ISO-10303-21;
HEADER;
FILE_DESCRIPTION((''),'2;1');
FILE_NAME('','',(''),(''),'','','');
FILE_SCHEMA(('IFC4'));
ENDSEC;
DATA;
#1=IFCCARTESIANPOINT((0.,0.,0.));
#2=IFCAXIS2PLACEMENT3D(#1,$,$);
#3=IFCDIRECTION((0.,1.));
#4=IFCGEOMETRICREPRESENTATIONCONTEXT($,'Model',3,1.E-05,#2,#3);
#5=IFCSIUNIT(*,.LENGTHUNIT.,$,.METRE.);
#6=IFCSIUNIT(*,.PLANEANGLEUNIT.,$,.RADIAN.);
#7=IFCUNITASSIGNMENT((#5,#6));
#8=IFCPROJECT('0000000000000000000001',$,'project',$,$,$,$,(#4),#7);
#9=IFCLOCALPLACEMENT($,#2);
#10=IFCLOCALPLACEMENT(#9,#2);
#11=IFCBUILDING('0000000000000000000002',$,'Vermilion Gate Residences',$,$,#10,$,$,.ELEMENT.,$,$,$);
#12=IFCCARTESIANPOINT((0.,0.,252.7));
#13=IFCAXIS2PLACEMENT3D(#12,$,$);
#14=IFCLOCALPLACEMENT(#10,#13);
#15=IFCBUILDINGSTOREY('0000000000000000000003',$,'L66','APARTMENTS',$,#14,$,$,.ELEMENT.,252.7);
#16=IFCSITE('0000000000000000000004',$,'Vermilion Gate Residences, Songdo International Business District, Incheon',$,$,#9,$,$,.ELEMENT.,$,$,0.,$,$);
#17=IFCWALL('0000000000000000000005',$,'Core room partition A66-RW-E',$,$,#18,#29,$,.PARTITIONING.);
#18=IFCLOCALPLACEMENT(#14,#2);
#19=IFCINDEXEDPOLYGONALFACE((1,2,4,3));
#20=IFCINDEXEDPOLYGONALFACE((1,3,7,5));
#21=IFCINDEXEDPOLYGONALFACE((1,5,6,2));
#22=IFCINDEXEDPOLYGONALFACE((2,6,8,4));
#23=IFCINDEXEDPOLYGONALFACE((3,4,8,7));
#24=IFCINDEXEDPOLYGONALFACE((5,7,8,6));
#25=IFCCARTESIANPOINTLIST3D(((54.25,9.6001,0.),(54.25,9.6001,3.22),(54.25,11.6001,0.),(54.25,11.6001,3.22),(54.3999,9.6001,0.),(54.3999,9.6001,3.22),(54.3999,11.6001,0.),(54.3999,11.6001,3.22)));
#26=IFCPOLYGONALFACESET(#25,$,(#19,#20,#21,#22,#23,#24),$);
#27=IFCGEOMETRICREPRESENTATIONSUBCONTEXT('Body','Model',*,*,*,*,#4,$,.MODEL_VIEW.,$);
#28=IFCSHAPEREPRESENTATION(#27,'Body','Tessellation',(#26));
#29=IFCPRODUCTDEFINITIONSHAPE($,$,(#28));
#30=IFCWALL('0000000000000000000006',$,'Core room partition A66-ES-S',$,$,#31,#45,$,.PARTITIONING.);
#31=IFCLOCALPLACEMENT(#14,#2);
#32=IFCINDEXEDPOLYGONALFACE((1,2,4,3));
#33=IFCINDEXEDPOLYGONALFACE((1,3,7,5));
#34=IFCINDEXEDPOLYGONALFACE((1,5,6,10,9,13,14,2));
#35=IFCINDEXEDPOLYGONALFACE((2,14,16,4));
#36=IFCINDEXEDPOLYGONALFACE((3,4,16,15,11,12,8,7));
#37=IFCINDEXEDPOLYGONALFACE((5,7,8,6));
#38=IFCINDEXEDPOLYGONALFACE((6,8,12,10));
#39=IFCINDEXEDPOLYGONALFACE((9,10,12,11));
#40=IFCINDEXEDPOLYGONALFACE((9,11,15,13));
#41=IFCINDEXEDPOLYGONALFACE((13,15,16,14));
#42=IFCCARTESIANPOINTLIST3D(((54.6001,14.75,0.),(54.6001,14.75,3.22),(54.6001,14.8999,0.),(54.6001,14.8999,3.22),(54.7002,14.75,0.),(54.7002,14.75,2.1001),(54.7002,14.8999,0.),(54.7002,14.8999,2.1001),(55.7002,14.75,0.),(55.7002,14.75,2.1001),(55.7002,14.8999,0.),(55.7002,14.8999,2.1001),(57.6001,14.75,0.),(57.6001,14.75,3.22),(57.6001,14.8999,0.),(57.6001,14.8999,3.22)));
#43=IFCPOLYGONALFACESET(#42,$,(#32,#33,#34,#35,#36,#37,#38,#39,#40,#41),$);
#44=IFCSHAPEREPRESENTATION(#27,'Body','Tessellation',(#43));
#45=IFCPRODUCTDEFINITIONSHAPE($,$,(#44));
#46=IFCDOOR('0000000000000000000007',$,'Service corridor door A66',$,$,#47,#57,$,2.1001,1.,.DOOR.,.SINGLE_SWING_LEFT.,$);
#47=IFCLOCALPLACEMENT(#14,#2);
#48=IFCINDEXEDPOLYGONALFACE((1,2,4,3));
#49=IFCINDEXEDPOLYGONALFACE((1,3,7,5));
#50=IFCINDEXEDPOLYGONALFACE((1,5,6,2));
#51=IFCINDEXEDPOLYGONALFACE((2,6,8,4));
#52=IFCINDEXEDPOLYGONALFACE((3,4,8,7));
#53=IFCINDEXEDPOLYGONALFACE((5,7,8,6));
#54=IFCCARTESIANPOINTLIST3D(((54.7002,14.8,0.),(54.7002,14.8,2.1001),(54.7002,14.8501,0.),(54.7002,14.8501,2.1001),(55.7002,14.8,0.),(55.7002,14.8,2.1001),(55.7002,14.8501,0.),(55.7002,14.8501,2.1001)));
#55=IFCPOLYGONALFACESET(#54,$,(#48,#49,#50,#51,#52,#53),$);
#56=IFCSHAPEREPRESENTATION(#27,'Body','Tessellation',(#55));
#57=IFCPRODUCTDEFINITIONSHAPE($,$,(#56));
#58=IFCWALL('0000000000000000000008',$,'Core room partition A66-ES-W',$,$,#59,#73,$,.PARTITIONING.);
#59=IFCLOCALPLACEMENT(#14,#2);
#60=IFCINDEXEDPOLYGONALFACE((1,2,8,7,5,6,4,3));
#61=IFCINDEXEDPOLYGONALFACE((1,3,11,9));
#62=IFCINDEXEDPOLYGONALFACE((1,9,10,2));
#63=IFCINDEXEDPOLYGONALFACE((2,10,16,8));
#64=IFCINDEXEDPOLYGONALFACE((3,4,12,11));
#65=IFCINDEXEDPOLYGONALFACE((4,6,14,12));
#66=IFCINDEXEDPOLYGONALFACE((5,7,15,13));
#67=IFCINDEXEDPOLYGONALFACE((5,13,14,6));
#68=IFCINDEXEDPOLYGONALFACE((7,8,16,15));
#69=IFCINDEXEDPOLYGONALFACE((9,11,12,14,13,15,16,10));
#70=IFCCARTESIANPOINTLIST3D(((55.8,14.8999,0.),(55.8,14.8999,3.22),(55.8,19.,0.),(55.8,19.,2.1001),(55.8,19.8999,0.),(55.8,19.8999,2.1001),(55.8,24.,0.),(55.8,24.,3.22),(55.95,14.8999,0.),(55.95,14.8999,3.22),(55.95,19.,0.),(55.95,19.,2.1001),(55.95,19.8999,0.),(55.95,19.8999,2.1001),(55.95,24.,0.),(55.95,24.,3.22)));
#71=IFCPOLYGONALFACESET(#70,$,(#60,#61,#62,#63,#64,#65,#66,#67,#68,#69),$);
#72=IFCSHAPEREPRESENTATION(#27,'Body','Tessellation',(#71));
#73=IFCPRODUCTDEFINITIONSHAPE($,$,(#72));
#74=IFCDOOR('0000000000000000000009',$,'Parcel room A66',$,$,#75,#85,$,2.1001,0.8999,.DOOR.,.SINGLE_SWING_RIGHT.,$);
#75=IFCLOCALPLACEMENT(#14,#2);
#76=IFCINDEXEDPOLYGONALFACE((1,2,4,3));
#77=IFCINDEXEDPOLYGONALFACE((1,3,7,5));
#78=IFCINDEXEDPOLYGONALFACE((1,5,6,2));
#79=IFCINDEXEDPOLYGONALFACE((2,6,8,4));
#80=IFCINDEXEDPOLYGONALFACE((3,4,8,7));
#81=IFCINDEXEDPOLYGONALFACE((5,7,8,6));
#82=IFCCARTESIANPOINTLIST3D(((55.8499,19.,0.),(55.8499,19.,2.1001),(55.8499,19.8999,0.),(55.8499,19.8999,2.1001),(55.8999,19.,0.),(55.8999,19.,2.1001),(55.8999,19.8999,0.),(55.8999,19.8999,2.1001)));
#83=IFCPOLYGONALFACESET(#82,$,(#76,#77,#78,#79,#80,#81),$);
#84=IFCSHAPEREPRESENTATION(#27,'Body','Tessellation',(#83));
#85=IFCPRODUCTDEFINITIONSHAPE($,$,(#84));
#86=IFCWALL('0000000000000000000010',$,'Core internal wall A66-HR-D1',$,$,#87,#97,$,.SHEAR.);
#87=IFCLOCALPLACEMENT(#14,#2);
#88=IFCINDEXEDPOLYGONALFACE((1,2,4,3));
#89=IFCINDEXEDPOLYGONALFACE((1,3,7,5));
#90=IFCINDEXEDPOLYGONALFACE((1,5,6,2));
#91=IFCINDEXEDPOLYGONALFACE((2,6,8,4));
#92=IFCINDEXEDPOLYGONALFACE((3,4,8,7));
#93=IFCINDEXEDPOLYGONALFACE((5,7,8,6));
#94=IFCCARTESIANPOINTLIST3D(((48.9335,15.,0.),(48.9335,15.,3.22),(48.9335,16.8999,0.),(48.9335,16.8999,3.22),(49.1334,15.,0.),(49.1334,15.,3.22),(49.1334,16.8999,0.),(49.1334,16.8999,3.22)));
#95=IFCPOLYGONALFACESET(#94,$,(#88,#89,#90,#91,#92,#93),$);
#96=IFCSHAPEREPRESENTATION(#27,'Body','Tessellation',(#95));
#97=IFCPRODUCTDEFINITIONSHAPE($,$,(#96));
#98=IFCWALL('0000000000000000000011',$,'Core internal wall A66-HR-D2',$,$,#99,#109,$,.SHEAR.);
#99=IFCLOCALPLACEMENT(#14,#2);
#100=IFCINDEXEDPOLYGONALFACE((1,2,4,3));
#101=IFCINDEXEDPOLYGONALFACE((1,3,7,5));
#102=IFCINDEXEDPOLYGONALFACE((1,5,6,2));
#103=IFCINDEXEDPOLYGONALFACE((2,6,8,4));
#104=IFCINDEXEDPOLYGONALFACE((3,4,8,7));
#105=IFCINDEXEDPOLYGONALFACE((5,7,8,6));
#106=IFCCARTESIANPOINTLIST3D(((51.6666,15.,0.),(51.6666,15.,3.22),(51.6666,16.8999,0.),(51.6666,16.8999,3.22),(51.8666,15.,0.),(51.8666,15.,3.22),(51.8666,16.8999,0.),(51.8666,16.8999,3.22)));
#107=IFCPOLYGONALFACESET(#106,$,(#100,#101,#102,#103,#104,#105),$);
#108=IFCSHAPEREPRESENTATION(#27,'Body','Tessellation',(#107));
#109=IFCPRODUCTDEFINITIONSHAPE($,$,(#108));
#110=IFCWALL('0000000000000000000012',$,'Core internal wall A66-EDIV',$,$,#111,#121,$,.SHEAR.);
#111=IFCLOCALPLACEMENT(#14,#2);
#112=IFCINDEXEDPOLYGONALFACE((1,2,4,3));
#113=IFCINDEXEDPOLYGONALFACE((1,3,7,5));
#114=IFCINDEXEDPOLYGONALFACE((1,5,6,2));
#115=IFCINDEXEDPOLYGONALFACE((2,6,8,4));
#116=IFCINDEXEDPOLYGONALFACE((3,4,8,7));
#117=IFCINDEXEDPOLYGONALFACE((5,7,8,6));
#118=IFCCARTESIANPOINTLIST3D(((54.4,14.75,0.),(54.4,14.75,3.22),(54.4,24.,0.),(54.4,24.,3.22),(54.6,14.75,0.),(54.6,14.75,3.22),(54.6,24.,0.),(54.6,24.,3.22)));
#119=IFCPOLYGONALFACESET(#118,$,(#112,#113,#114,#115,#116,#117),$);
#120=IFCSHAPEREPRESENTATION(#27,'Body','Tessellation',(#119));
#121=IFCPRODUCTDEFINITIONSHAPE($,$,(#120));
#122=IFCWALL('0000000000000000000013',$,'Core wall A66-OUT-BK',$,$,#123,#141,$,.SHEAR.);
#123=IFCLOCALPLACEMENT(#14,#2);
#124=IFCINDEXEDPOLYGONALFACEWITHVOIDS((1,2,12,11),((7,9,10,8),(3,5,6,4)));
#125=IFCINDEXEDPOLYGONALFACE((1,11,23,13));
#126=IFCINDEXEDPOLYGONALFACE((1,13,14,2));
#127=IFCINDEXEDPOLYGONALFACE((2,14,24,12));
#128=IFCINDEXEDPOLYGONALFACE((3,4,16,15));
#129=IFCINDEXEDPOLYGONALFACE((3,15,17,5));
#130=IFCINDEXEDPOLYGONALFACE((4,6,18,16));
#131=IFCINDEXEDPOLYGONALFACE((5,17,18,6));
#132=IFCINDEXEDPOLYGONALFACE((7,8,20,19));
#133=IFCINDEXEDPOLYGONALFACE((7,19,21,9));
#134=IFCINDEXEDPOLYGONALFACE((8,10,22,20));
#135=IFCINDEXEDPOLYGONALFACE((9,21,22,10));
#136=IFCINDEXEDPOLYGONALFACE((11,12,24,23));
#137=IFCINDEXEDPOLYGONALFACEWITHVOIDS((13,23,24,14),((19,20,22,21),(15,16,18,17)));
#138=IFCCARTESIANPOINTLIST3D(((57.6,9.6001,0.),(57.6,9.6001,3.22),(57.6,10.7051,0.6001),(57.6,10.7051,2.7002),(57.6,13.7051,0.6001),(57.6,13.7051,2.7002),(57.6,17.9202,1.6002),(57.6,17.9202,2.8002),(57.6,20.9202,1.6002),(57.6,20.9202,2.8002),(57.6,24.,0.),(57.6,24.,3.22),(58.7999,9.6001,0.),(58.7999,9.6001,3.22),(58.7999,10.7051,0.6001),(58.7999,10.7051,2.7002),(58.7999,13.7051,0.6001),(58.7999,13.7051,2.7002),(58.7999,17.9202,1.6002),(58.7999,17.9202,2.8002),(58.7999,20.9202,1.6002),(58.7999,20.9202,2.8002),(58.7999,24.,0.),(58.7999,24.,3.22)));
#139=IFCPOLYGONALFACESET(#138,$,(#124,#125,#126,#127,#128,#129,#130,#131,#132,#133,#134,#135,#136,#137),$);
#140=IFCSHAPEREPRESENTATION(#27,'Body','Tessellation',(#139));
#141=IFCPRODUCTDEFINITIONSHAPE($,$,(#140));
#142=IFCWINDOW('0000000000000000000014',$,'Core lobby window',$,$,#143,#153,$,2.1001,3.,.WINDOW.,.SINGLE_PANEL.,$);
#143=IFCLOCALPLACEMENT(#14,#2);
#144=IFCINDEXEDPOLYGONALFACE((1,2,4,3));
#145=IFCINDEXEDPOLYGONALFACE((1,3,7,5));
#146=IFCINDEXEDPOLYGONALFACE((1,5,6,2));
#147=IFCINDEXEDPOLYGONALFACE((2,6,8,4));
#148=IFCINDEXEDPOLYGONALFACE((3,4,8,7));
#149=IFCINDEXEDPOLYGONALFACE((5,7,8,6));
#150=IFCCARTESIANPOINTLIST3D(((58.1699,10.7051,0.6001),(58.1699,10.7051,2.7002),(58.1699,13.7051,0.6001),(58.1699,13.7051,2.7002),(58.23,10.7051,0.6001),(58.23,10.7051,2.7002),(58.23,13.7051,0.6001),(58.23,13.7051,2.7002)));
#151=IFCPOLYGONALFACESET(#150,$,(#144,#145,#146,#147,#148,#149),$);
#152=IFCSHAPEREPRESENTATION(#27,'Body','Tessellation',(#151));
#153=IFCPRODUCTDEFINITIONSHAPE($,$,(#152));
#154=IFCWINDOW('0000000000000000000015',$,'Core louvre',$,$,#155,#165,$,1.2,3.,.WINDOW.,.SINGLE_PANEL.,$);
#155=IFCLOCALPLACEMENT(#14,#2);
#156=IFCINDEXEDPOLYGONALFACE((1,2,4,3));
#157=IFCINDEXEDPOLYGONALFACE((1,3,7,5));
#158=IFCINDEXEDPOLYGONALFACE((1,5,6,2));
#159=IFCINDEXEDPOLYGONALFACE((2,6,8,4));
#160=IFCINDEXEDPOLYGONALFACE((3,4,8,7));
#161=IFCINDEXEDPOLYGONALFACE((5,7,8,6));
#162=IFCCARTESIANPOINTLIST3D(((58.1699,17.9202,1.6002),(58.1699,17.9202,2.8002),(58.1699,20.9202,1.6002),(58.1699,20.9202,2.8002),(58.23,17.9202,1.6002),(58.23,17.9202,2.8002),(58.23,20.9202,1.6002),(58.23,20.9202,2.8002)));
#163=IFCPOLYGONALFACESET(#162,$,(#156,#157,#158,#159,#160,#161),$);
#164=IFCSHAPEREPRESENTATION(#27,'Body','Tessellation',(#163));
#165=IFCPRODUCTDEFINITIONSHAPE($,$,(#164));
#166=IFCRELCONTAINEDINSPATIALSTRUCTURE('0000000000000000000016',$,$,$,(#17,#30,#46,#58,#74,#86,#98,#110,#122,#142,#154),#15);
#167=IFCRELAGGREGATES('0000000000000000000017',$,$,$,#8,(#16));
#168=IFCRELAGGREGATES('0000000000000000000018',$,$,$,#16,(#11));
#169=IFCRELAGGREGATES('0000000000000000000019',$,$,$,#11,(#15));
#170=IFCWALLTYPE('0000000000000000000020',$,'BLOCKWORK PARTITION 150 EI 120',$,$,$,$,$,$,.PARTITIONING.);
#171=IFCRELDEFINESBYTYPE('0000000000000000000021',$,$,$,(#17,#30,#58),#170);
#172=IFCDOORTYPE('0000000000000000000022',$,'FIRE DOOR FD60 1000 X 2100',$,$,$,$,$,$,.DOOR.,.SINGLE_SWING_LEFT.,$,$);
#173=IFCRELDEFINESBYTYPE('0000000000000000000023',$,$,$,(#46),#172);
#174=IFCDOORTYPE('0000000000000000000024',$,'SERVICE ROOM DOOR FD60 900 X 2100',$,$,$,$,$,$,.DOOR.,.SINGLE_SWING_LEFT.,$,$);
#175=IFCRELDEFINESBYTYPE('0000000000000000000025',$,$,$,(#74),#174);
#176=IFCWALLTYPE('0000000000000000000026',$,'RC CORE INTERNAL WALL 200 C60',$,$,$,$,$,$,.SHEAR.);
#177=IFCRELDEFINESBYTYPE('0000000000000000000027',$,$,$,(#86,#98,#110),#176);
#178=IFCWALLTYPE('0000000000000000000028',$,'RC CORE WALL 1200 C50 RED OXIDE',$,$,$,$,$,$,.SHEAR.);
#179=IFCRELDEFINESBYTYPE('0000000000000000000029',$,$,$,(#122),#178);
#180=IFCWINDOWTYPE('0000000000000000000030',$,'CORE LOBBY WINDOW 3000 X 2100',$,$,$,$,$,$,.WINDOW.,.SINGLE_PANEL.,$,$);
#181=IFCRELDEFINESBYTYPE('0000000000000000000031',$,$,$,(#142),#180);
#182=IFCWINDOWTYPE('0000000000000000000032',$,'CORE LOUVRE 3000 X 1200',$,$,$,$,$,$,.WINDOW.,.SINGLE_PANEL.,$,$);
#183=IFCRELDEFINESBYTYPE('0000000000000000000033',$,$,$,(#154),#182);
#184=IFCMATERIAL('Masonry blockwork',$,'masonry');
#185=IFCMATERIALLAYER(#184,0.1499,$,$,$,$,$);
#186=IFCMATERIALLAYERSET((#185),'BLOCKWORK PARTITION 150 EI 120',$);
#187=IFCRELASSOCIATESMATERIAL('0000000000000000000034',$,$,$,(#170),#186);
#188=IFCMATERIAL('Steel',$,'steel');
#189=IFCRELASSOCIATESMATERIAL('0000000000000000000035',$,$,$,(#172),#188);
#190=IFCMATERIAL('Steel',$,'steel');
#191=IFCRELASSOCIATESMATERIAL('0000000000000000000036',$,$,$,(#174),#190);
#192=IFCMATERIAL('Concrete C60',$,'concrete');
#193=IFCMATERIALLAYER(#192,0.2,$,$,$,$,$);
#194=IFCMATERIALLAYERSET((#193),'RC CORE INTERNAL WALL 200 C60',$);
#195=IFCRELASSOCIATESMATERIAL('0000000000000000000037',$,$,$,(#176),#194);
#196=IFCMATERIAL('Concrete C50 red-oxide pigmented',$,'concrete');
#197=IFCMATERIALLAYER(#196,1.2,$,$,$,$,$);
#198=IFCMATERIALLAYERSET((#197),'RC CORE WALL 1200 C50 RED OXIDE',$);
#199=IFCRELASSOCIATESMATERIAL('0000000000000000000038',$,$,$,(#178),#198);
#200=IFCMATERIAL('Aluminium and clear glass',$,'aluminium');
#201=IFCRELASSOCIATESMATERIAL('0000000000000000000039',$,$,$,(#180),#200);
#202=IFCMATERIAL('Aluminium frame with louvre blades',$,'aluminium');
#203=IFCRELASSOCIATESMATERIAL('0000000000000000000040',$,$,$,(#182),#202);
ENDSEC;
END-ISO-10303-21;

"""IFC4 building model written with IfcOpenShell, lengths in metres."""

from ifc_helpers import new_model, si_unit, direction, frame, frame_2d, origin, place, context, subcontext, project, spatial, rectangle, extrude, material, layer, layer_set, type_object, element, fill, save


model = new_model("IFC4")

# Units and contexts
model_context = context("Model", 3, precision=1e-05, world=origin(), true_north=direction((0.0, 1.0)))
body_context = subcontext(model_context, "Body", "Model", "MODEL_VIEW")
ifc_project = project(units=[si_unit("LENGTHUNIT", "METRE"), si_unit("PLANEANGLEUNIT", "RADIAN")], contexts=[model_context])

# Site, building, storey
site_placement = place(None, origin())
site = spatial("IfcSite", under=ifc_project, at=site_placement, Name="Vermilion Gate Residences, Songdo International Business District, Incheon", CompositionType="ELEMENT", RefElevation=0.0)
building_placement = place(site_placement, origin())
building = spatial("IfcBuilding", under=site, at=building_placement, Name="Vermilion Gate Residences", CompositionType="ELEMENT")
storey_placement = place(building_placement, frame((0.0, 0.0, 252.7)))
storey = spatial("IfcBuildingStorey", under=building, at=storey_placement, Name="L66", Description="APARTMENTS", CompositionType="ELEMENT", Elevation=252.7)

# Wall
ifc_material_1 = material(Name="Masonry blockwork", Category="masonry")
ifc_layer_1 = layer(ifc_material_1, 0.1499)
ifc_layer_set_1 = layer_set([ifc_layer_1], Name="BLOCKWORK PARTITION 150 EI 120")
wall_type_1 = type_object("IfcWallType", Name="BLOCKWORK PARTITION 150 EI 120", PredefinedType="PARTITIONING", material=ifc_layer_set_1)
wall_1_placement = place(storey_placement, frame((54.325, 9.6001, 0.0), z_axis=(0.0, 0.0, 1.0), x_axis=(0.0, 1.0, 0.0)))
element("IfcWall", 1, at=wall_1_placement, inside=storey, type_object=wall_type_1, Name="Core room partition A66-RW-E", PredefinedType="PARTITIONING", context=body_context, shape_type="SweptSolid", body=[
    extrude(rectangle(XDim=2.0, YDim=0.1499, at=frame_2d((1.0, 0.0))), origin(), (0.0, 0.0, 1.0), 3.22),
])

# Walls, openings, doors
wall_2_placement = place(storey_placement, frame((54.6001, 14.825, 0.0), z_axis=(0.0, 0.0, 1.0), x_axis=(1.0, 0.0, 0.0)))
wall_2 = element("IfcWall", 2, at=wall_2_placement, inside=storey, type_object=wall_type_1, Name="Core room partition A66-ES-S", PredefinedType="PARTITIONING", context=body_context, shape_type="SweptSolid", body=[
    extrude(rectangle(XDim=3.0, YDim=0.1499, at=frame_2d((1.5, 0.0))), origin(), (0.0, 0.0, 1.0), 3.22),
])
opening_1_placement = place(wall_2_placement, frame((0.1001, 0.0, 0.0)))
opening_1 = element("IfcOpeningElement", 3, at=opening_1_placement, cuts=wall_2, PredefinedType="OPENING", context=body_context, shape_type="SweptSolid", body=[
    extrude(rectangle(XDim=1.0, YDim=2.1001, at=frame_2d((0.5, 1.05))), frame((0.0, 0.085, 0.0), z_axis=(0.0, -1.0, 0.0), x_axis=(1.0, 0.0, 0.0)), (0.0, 0.0, 1.0), 0.1699),
])
ifc_material_2 = material(Name="Steel", Category="steel")
door_type_1 = type_object("IfcDoorType", Name="FIRE DOOR FD60 1000 X 2100", OperationType="SINGLE_SWING_LEFT", PredefinedType="DOOR", material=ifc_material_2)
door_1_placement = place(opening_1_placement, frame((1.0, 0.0, 0.0), z_axis=(0.0, 0.0, 1.0), x_axis=(-1.0, 0.0, 0.0)))
door_1 = element("IfcDoor", 4, at=door_1_placement, inside=storey, type_object=door_type_1, Name="Service corridor door A66", OperationType="SINGLE_SWING_LEFT", OverallHeight=2.1001, OverallWidth=1.0, PredefinedType="DOOR", context=body_context, shape_type="SweptSolid", body=[
    extrude(rectangle(XDim=1.0, YDim=2.1001, at=frame_2d((0.5, 1.05))), frame((0.0, 0.0249, 0.0), z_axis=(0.0, -1.0, 0.0), x_axis=(1.0, 0.0, 0.0)), (0.0, 0.0, 1.0), 0.05),
])
fill(opening_1, door_1)
wall_3_placement = place(storey_placement, frame((55.875, 14.8999, 0.0), z_axis=(0.0, 0.0, 1.0), x_axis=(0.0, 1.0, 0.0)))
wall_3 = element("IfcWall", 5, at=wall_3_placement, inside=storey, type_object=wall_type_1, Name="Core room partition A66-ES-W", PredefinedType="PARTITIONING", context=body_context, shape_type="SweptSolid", body=[
    extrude(rectangle(XDim=9.1001, YDim=0.1499, at=frame_2d((4.55, 0.0))), origin(), (0.0, 0.0, 1.0), 3.22),
])
opening_2_placement = place(wall_3_placement, frame((4.1001, 0.0, 0.0)))
opening_2 = element("IfcOpeningElement", 6, at=opening_2_placement, cuts=wall_3, PredefinedType="OPENING", context=body_context, shape_type="SweptSolid", body=[
    extrude(rectangle(XDim=0.8999, YDim=2.1001, at=frame_2d((0.45, 1.05))), frame((0.0, 0.085, 0.0), z_axis=(0.0, -1.0, 0.0), x_axis=(1.0, 0.0, 0.0)), (0.0, 0.0, 1.0), 0.1699),
])
ifc_material_3 = material(Name="Steel", Category="steel")
door_type_2 = type_object("IfcDoorType", Name="SERVICE ROOM DOOR FD60 900 X 2100", OperationType="SINGLE_SWING_LEFT", PredefinedType="DOOR", material=ifc_material_3)
door_2_placement = place(opening_2_placement, frame((0.8999, 0.0, 0.0), z_axis=(0.0, 0.0, 1.0), x_axis=(-1.0, 0.0, 0.0)))
door_2 = element("IfcDoor", 7, at=door_2_placement, inside=storey, type_object=door_type_2, Name="Parcel room A66", OperationType="SINGLE_SWING_RIGHT", OverallHeight=2.1001, OverallWidth=0.8999, PredefinedType="DOOR", context=body_context, shape_type="SweptSolid", body=[
    extrude(rectangle(XDim=0.8999, YDim=2.1001, at=frame_2d((0.45, 1.05))), frame((0.0, 0.0249, 0.0), z_axis=(0.0, -1.0, 0.0), x_axis=(1.0, 0.0, 0.0)), (0.0, 0.0, 1.0), 0.05),
])
fill(opening_2, door_2)

# Walls
ifc_material_4 = material(Name="Concrete C60", Category="concrete")
ifc_layer_2 = layer(ifc_material_4, 0.2)
ifc_layer_set_2 = layer_set([ifc_layer_2], Name="RC CORE INTERNAL WALL 200 C60")
wall_type_2 = type_object("IfcWallType", Name="RC CORE INTERNAL WALL 200 C60", PredefinedType="SHEAR", material=ifc_layer_set_2)
for number, where, z_axis, x_axis, name in (
    (8, (49.0334, 15.0, 0.0), (0.0, 0.0, 1.0), (0.0, 1.0, 0.0), "Core internal wall A66-HR-D1"),
    (9, (51.7666, 15.0, 0.0), (0.0, 0.0, 1.0), (0.0, 1.0, 0.0), "Core internal wall A66-HR-D2"),
):
    element("IfcWall", number, at=place(storey_placement, frame(where, z_axis=z_axis, x_axis=x_axis)), inside=storey, type_object=wall_type_2, Name=name, PredefinedType="SHEAR", context=body_context, shape_type="SweptSolid", body=[
        extrude(rectangle(XDim=1.8999, YDim=0.2, at=frame_2d((0.95, 0.0))), origin(), (0.0, 0.0, 1.0), 3.22),
    ])
wall_4_placement = place(storey_placement, frame((54.5, 14.75, 0.0), z_axis=(0.0, 0.0, 1.0), x_axis=(0.0, 1.0, 0.0)))
element("IfcWall", 10, at=wall_4_placement, inside=storey, type_object=wall_type_2, Name="Core internal wall A66-EDIV", PredefinedType="SHEAR", context=body_context, shape_type="SweptSolid", body=[
    extrude(rectangle(XDim=9.25, YDim=0.2, at=frame_2d((4.625, 0.0))), origin(), (0.0, 0.0, 1.0), 3.22),
])

# Wall, openings, windows
ifc_material_5 = material(Name="Concrete C50 red-oxide pigmented", Category="concrete")
ifc_layer_3 = layer(ifc_material_5, 1.2)
ifc_layer_set_3 = layer_set([ifc_layer_3], Name="RC CORE WALL 1200 C50 RED OXIDE")
wall_type_3 = type_object("IfcWallType", Name="RC CORE WALL 1200 C50 RED OXIDE", PredefinedType="SHEAR", material=ifc_layer_set_3)
wall_5_placement = place(storey_placement, frame((58.2, 9.6001, 0.0), z_axis=(0.0, 0.0, 1.0), x_axis=(0.0, 1.0, 0.0)))
wall_5 = element("IfcWall", 11, at=wall_5_placement, inside=storey, type_object=wall_type_3, Name="Core wall A66-OUT-BK", PredefinedType="SHEAR", context=body_context, shape_type="SweptSolid", body=[
    extrude(rectangle(XDim=14.3999, YDim=1.2, at=frame_2d((7.2, 0.0))), origin(), (0.0, 0.0, 1.0), 3.22),
])
opening_3_placement = place(wall_5_placement, frame((1.105, 0.0, 0.6001)))
opening_3 = element("IfcOpeningElement", 12, at=opening_3_placement, cuts=wall_5, PredefinedType="OPENING", context=body_context, shape_type="SweptSolid", body=[
    extrude(rectangle(XDim=3.0, YDim=2.1001, at=frame_2d((1.5, 1.05))), frame((0.0, 0.6099, 0.0), z_axis=(0.0, -1.0, 0.0), x_axis=(1.0, 0.0, 0.0)), (0.0, 0.0, 1.0), 1.22),
])
opening_4_placement = place(wall_5_placement, frame((8.3201, 0.0, 1.6001)))
opening_4 = element("IfcOpeningElement", 13, at=opening_4_placement, cuts=wall_5, PredefinedType="OPENING", context=body_context, shape_type="SweptSolid", body=[
    extrude(rectangle(XDim=3.0, YDim=1.2, at=frame_2d((1.5, 0.6001))), frame((0.0, 0.6099, 0.0), z_axis=(0.0, -1.0, 0.0), x_axis=(1.0, 0.0, 0.0)), (0.0, 0.0, 1.0), 1.22),
])
ifc_material_6 = material(Name="Aluminium and clear glass", Category="aluminium")
window_type_1 = type_object("IfcWindowType", Name="CORE LOBBY WINDOW 3000 X 2100", PartitioningType="SINGLE_PANEL", PredefinedType="WINDOW", material=ifc_material_6)
window_1_placement = place(opening_3_placement, origin())
window_1 = element("IfcWindow", 14, at=window_1_placement, inside=storey, type_object=window_type_1, Name="Core lobby window", OverallHeight=2.1001, OverallWidth=3.0, PartitioningType="SINGLE_PANEL", PredefinedType="WINDOW", context=body_context, shape_type="SweptSolid", body=[
    extrude(rectangle(XDim=3.0, YDim=2.1001, at=frame_2d((1.5, 1.05))), frame((0.0, 0.03, 0.0), z_axis=(0.0, -1.0, 0.0), x_axis=(1.0, 0.0, 0.0)), (0.0, 0.0, 1.0), 0.0601),
])
fill(opening_3, window_1)
ifc_material_7 = material(Name="Aluminium frame with louvre blades", Category="aluminium")
window_type_2 = type_object("IfcWindowType", Name="CORE LOUVRE 3000 X 1200", PartitioningType="SINGLE_PANEL", PredefinedType="WINDOW", material=ifc_material_7)
window_2_placement = place(opening_4_placement, origin())
window_2 = element("IfcWindow", 15, at=window_2_placement, inside=storey, type_object=window_type_2, Name="Core louvre", OverallHeight=1.2, OverallWidth=3.0, PartitioningType="SINGLE_PANEL", PredefinedType="WINDOW", context=body_context, shape_type="SweptSolid", body=[
    extrude(rectangle(XDim=3.0, YDim=1.2, at=frame_2d((1.5, 0.6001))), frame((0.0, 0.03, 0.0), z_axis=(0.0, -1.0, 0.0), x_axis=(1.0, 0.0, 0.0)), (0.0, 0.0, 1.0), 0.0601),
])
fill(opening_4, window_2)

save(model, "model.ifc")
